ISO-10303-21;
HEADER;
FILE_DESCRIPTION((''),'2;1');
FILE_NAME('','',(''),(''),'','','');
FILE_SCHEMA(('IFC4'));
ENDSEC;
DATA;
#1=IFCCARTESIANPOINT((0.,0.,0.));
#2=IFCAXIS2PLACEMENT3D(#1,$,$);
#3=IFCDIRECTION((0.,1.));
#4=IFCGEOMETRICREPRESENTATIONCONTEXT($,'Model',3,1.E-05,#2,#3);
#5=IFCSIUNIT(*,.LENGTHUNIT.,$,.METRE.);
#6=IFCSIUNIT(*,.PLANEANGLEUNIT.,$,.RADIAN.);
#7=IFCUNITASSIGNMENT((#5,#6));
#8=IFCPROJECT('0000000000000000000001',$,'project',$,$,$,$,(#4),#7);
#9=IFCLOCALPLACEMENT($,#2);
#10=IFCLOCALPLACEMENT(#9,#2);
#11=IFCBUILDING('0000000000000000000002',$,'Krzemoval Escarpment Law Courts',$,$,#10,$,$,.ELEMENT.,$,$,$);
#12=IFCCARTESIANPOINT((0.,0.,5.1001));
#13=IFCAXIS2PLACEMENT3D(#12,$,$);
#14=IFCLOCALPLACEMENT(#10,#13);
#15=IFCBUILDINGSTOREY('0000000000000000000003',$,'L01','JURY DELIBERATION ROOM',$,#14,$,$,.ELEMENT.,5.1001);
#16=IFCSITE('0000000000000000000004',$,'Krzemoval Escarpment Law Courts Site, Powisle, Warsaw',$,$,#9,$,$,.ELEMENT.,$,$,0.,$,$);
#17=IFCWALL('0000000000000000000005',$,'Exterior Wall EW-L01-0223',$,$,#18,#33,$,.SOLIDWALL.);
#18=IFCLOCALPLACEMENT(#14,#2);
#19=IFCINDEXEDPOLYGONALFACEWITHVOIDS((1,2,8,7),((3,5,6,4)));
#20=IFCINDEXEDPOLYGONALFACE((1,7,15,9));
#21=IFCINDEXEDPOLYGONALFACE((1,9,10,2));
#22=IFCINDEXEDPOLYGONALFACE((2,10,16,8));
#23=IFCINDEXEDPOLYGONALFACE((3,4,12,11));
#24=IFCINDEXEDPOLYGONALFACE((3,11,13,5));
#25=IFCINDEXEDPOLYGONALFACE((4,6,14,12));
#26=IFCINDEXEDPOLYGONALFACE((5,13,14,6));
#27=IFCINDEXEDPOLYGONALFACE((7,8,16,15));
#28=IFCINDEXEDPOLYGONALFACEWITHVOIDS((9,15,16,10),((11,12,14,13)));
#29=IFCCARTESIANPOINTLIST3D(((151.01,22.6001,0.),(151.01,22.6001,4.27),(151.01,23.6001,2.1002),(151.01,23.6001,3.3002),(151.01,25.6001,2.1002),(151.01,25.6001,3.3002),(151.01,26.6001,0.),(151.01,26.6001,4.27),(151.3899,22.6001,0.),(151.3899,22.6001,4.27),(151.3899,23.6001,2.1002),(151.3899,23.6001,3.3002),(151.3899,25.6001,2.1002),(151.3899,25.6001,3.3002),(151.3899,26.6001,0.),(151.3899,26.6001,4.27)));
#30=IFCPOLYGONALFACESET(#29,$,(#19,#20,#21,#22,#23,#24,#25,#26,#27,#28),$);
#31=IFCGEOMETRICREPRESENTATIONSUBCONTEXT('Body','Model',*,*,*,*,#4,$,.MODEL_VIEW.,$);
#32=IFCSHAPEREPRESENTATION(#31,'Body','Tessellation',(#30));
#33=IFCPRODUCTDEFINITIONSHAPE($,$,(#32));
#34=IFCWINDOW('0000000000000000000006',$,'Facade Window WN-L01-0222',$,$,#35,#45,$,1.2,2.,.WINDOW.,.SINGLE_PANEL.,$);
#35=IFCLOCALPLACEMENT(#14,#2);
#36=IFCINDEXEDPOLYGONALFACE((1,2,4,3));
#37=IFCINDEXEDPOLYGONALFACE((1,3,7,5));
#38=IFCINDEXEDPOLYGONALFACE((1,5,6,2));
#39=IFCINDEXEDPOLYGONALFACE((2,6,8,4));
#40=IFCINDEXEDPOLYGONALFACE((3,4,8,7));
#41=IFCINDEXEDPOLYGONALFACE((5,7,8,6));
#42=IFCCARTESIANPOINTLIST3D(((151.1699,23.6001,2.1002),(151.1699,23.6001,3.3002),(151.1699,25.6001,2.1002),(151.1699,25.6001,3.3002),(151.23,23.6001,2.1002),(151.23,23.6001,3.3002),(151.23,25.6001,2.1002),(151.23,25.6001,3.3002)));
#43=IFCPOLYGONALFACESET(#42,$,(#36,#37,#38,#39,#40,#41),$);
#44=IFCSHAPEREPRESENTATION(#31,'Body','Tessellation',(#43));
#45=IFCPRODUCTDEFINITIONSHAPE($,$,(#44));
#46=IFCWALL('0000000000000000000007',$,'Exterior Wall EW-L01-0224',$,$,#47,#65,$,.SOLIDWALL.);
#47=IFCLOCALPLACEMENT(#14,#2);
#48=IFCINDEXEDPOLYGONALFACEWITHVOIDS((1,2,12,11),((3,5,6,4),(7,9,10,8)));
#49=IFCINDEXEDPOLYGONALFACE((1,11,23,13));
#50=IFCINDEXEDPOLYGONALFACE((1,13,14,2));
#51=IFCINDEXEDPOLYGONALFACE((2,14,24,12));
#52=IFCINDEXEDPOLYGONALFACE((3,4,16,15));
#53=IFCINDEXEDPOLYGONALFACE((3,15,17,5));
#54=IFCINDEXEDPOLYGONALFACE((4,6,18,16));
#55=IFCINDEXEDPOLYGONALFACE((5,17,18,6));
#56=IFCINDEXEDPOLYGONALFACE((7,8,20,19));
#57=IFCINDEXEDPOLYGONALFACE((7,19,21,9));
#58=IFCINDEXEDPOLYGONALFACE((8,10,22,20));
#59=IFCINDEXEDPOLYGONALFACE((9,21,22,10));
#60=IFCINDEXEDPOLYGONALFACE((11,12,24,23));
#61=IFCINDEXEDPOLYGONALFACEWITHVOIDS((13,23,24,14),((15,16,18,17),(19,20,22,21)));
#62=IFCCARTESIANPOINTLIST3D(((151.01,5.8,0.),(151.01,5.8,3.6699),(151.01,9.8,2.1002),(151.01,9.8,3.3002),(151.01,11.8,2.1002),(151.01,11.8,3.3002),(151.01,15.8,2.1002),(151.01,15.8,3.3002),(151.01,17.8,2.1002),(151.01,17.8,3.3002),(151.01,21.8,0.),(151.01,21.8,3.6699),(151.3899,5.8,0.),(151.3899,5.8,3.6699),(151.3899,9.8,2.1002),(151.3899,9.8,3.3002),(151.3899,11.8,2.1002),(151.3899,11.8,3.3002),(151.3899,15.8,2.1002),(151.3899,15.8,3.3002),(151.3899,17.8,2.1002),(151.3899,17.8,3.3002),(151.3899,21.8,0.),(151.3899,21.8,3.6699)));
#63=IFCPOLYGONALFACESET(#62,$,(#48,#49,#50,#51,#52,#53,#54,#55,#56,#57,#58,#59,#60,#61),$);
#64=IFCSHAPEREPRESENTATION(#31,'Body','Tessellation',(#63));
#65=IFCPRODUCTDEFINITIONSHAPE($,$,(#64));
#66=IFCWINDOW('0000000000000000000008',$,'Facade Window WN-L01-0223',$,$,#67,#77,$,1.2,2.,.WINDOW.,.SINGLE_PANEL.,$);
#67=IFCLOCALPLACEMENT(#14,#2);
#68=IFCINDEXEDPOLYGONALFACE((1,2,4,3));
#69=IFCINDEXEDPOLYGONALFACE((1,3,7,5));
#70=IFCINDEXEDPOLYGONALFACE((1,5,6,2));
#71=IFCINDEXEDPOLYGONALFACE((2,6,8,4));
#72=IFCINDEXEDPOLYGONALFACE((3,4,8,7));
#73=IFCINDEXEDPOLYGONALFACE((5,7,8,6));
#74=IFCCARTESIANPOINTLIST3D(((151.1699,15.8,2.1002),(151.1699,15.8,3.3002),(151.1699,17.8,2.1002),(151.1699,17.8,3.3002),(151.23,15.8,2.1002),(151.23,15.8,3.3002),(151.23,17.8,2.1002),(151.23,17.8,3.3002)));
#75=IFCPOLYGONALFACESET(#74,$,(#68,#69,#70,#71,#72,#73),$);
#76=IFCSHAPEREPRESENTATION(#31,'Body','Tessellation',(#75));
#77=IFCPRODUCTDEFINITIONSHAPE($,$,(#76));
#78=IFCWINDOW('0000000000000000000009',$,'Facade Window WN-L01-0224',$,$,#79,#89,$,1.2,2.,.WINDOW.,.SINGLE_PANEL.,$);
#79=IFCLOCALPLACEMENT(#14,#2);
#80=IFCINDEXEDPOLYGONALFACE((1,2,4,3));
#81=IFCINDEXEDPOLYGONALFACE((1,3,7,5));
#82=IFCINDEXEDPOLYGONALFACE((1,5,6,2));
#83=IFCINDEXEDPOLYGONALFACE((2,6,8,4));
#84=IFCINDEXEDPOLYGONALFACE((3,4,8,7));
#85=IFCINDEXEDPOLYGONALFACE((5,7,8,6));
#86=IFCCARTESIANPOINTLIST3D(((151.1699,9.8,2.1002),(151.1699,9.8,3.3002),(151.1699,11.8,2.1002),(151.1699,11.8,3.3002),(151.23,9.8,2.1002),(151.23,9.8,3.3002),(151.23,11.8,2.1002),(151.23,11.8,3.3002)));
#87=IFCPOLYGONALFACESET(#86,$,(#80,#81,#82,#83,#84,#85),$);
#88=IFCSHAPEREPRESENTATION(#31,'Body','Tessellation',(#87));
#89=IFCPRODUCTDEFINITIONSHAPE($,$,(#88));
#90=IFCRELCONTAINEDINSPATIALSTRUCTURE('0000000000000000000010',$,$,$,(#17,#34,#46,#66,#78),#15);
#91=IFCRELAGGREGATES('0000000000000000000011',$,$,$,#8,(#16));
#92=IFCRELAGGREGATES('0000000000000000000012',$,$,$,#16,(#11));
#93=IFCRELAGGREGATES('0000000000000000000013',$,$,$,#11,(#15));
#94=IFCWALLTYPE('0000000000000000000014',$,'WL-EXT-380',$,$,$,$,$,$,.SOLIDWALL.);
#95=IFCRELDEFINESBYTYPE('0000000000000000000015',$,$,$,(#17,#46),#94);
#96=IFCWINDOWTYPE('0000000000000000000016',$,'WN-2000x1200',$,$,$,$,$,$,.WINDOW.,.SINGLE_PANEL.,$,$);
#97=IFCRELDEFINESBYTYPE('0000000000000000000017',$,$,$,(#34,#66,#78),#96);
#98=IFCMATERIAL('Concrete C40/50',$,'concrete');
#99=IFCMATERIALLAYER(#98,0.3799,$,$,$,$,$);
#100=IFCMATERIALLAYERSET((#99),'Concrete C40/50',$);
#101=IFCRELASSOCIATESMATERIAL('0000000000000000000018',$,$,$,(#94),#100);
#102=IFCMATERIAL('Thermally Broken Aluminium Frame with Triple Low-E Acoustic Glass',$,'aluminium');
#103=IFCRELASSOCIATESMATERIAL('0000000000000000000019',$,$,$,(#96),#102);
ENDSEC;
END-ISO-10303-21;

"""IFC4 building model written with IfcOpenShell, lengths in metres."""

from ifc_helpers import new_model, si_unit, direction, frame, frame_2d, origin, place, context, subcontext, project, spatial, rectangle, extrude, material, layer, layer_set, type_object, element, fill, save


model = new_model("IFC4")

# Units and contexts
model_context = context("Model", 3, precision=1e-05, world=origin(), true_north=direction((0.0, 1.0)))
body_context = subcontext(model_context, "Body", "Model", "MODEL_VIEW")
ifc_project = project(units=[si_unit("LENGTHUNIT", "METRE"), si_unit("PLANEANGLEUNIT", "RADIAN")], contexts=[model_context])

# Site, building, storey
site_placement = place(None, origin())
site = spatial("IfcSite", under=ifc_project, at=site_placement, Name="Krzemoval Escarpment Law Courts Site, Powisle, Warsaw", CompositionType="ELEMENT", RefElevation=0.0)
building_placement = place(site_placement, origin())
building = spatial("IfcBuilding", under=site, at=building_placement, Name="Krzemoval Escarpment Law Courts", CompositionType="ELEMENT")
storey_placement = place(building_placement, frame((0.0, 0.0, 5.1001)))
storey = spatial("IfcBuildingStorey", under=building, at=storey_placement, Name="L01", Description="JURY DELIBERATION ROOM", CompositionType="ELEMENT", Elevation=5.1001)

# Shared definitions
ifc_material_1 = material(Name="Concrete C40/50", Category="concrete")
ifc_layer = layer(ifc_material_1, 0.3799)
ifc_layer_set = layer_set([ifc_layer], Name="Concrete C40/50")
wall_type = type_object("IfcWallType", Name="WL-EXT-380", PredefinedType="SOLIDWALL", material=ifc_layer_set)
ifc_material_2 = material(Name="Thermally Broken Aluminium Frame with Triple Low-E Acoustic Glass", Category="aluminium")
window_type = type_object("IfcWindowType", Name="WN-2000x1200", PartitioningType="SINGLE_PANEL", PredefinedType="WINDOW", material=ifc_material_2)

# Wall, opening, window
wall_1_placement = place(storey_placement, frame((151.2, 26.6001, 0.0), z_axis=(0.0, 0.0, 1.0), x_axis=(0.0, -1.0, 0.0)))
wall_1 = element("IfcWall", 1, at=wall_1_placement, inside=storey, type_object=wall_type, Name="Exterior Wall EW-L01-0223", PredefinedType="SOLIDWALL", context=body_context, shape_type="SweptSolid", body=[
    extrude(rectangle(XDim=4.0, YDim=0.3799, at=frame_2d((2.0, 0.0))), origin(), (0.0, 0.0, 1.0), 4.27),
])
opening_1_placement = place(wall_1_placement, frame((1.0, 0.0, 2.1001)))
opening_1 = element("IfcOpeningElement", 2, at=opening_1_placement, cuts=wall_1, PredefinedType="OPENING", context=body_context, shape_type="SweptSolid", body=[
    extrude(rectangle(XDim=2.0, YDim=1.2, at=frame_2d((1.0, 0.6001))), frame((0.0, 0.2049, 0.0), z_axis=(0.0, -1.0, 0.0), x_axis=(1.0, 0.0, 0.0)), (0.0, 0.0, 1.0), 0.4099),
])
window_1_placement = place(opening_1_placement, origin())
window_1 = element("IfcWindow", 3, at=window_1_placement, inside=storey, type_object=window_type, Name="Facade Window WN-L01-0222", OverallHeight=1.2, OverallWidth=2.0, PartitioningType="SINGLE_PANEL", PredefinedType="WINDOW", context=body_context, shape_type="SweptSolid", body=[
    extrude(rectangle(XDim=2.0, YDim=1.2, at=frame_2d((1.0, 0.6001))), frame((0.0, 0.03, 0.0), z_axis=(0.0, -1.0, 0.0), x_axis=(1.0, 0.0, 0.0)), (0.0, 0.0, 1.0), 0.0601),
])
fill(opening_1, window_1)

# Wall, openings, windows
wall_2_placement = place(storey_placement, frame((151.2, 21.8, 0.0), z_axis=(0.0, 0.0, 1.0), x_axis=(0.0, -1.0, 0.0)))
wall_2 = element("IfcWall", 4, at=wall_2_placement, inside=storey, type_object=wall_type, Name="Exterior Wall EW-L01-0224", PredefinedType="SOLIDWALL", context=body_context, shape_type="SweptSolid", body=[
    extrude(rectangle(XDim=16.0, YDim=0.3799, at=frame_2d((8.0, 0.0))), origin(), (0.0, 0.0, 1.0), 3.6699),
])
opening_2_placement = place(wall_2_placement, frame((4.0, 0.0, 2.1001)))
opening_2 = element("IfcOpeningElement", 5, at=opening_2_placement, cuts=wall_2, PredefinedType="OPENING", context=body_context, shape_type="SweptSolid", body=[
    extrude(rectangle(XDim=2.0, YDim=1.2, at=frame_2d((1.0, 0.6001))), frame((0.0, 0.2049, 0.0), z_axis=(0.0, -1.0, 0.0), x_axis=(1.0, 0.0, 0.0)), (0.0, 0.0, 1.0), 0.4099),
])
opening_3_placement = place(wall_2_placement, frame((10.0, 0.0, 2.1001)))
opening_3 = element("IfcOpeningElement", 6, at=opening_3_placement, cuts=wall_2, PredefinedType="OPENING", context=body_context, shape_type="SweptSolid", body=[
    extrude(rectangle(XDim=2.0, YDim=1.2, at=frame_2d((1.0, 0.6001))), frame((0.0, 0.2049, 0.0), z_axis=(0.0, -1.0, 0.0), x_axis=(1.0, 0.0, 0.0)), (0.0, 0.0, 1.0), 0.4099),
])
window_2_placement = place(opening_2_placement, origin())
window_2 = element("IfcWindow", 7, at=window_2_placement, inside=storey, type_object=window_type, Name="Facade Window WN-L01-0223", OverallHeight=1.2, OverallWidth=2.0, PartitioningType="SINGLE_PANEL", PredefinedType="WINDOW", context=body_context, shape_type="SweptSolid", body=[
    extrude(rectangle(XDim=2.0, YDim=1.2, at=frame_2d((1.0, 0.6001))), frame((0.0, 0.03, 0.0), z_axis=(0.0, -1.0, 0.0), x_axis=(1.0, 0.0, 0.0)), (0.0, 0.0, 1.0), 0.0601),
])
fill(opening_2, window_2)
window_3_placement = place(opening_3_placement, origin())
window_3 = element("IfcWindow", 8, at=window_3_placement, inside=storey, type_object=window_type, Name="Facade Window WN-L01-0224", OverallHeight=1.2, OverallWidth=2.0, PartitioningType="SINGLE_PANEL", PredefinedType="WINDOW", context=body_context, shape_type="SweptSolid", body=[
    extrude(rectangle(XDim=2.0, YDim=1.2, at=frame_2d((1.0, 0.6001))), frame((0.0, 0.03, 0.0), z_axis=(0.0, -1.0, 0.0), x_axis=(1.0, 0.0, 0.0)), (0.0, 0.0, 1.0), 0.0601),
])
fill(opening_3, window_3)

save(model, "model.ifc")
